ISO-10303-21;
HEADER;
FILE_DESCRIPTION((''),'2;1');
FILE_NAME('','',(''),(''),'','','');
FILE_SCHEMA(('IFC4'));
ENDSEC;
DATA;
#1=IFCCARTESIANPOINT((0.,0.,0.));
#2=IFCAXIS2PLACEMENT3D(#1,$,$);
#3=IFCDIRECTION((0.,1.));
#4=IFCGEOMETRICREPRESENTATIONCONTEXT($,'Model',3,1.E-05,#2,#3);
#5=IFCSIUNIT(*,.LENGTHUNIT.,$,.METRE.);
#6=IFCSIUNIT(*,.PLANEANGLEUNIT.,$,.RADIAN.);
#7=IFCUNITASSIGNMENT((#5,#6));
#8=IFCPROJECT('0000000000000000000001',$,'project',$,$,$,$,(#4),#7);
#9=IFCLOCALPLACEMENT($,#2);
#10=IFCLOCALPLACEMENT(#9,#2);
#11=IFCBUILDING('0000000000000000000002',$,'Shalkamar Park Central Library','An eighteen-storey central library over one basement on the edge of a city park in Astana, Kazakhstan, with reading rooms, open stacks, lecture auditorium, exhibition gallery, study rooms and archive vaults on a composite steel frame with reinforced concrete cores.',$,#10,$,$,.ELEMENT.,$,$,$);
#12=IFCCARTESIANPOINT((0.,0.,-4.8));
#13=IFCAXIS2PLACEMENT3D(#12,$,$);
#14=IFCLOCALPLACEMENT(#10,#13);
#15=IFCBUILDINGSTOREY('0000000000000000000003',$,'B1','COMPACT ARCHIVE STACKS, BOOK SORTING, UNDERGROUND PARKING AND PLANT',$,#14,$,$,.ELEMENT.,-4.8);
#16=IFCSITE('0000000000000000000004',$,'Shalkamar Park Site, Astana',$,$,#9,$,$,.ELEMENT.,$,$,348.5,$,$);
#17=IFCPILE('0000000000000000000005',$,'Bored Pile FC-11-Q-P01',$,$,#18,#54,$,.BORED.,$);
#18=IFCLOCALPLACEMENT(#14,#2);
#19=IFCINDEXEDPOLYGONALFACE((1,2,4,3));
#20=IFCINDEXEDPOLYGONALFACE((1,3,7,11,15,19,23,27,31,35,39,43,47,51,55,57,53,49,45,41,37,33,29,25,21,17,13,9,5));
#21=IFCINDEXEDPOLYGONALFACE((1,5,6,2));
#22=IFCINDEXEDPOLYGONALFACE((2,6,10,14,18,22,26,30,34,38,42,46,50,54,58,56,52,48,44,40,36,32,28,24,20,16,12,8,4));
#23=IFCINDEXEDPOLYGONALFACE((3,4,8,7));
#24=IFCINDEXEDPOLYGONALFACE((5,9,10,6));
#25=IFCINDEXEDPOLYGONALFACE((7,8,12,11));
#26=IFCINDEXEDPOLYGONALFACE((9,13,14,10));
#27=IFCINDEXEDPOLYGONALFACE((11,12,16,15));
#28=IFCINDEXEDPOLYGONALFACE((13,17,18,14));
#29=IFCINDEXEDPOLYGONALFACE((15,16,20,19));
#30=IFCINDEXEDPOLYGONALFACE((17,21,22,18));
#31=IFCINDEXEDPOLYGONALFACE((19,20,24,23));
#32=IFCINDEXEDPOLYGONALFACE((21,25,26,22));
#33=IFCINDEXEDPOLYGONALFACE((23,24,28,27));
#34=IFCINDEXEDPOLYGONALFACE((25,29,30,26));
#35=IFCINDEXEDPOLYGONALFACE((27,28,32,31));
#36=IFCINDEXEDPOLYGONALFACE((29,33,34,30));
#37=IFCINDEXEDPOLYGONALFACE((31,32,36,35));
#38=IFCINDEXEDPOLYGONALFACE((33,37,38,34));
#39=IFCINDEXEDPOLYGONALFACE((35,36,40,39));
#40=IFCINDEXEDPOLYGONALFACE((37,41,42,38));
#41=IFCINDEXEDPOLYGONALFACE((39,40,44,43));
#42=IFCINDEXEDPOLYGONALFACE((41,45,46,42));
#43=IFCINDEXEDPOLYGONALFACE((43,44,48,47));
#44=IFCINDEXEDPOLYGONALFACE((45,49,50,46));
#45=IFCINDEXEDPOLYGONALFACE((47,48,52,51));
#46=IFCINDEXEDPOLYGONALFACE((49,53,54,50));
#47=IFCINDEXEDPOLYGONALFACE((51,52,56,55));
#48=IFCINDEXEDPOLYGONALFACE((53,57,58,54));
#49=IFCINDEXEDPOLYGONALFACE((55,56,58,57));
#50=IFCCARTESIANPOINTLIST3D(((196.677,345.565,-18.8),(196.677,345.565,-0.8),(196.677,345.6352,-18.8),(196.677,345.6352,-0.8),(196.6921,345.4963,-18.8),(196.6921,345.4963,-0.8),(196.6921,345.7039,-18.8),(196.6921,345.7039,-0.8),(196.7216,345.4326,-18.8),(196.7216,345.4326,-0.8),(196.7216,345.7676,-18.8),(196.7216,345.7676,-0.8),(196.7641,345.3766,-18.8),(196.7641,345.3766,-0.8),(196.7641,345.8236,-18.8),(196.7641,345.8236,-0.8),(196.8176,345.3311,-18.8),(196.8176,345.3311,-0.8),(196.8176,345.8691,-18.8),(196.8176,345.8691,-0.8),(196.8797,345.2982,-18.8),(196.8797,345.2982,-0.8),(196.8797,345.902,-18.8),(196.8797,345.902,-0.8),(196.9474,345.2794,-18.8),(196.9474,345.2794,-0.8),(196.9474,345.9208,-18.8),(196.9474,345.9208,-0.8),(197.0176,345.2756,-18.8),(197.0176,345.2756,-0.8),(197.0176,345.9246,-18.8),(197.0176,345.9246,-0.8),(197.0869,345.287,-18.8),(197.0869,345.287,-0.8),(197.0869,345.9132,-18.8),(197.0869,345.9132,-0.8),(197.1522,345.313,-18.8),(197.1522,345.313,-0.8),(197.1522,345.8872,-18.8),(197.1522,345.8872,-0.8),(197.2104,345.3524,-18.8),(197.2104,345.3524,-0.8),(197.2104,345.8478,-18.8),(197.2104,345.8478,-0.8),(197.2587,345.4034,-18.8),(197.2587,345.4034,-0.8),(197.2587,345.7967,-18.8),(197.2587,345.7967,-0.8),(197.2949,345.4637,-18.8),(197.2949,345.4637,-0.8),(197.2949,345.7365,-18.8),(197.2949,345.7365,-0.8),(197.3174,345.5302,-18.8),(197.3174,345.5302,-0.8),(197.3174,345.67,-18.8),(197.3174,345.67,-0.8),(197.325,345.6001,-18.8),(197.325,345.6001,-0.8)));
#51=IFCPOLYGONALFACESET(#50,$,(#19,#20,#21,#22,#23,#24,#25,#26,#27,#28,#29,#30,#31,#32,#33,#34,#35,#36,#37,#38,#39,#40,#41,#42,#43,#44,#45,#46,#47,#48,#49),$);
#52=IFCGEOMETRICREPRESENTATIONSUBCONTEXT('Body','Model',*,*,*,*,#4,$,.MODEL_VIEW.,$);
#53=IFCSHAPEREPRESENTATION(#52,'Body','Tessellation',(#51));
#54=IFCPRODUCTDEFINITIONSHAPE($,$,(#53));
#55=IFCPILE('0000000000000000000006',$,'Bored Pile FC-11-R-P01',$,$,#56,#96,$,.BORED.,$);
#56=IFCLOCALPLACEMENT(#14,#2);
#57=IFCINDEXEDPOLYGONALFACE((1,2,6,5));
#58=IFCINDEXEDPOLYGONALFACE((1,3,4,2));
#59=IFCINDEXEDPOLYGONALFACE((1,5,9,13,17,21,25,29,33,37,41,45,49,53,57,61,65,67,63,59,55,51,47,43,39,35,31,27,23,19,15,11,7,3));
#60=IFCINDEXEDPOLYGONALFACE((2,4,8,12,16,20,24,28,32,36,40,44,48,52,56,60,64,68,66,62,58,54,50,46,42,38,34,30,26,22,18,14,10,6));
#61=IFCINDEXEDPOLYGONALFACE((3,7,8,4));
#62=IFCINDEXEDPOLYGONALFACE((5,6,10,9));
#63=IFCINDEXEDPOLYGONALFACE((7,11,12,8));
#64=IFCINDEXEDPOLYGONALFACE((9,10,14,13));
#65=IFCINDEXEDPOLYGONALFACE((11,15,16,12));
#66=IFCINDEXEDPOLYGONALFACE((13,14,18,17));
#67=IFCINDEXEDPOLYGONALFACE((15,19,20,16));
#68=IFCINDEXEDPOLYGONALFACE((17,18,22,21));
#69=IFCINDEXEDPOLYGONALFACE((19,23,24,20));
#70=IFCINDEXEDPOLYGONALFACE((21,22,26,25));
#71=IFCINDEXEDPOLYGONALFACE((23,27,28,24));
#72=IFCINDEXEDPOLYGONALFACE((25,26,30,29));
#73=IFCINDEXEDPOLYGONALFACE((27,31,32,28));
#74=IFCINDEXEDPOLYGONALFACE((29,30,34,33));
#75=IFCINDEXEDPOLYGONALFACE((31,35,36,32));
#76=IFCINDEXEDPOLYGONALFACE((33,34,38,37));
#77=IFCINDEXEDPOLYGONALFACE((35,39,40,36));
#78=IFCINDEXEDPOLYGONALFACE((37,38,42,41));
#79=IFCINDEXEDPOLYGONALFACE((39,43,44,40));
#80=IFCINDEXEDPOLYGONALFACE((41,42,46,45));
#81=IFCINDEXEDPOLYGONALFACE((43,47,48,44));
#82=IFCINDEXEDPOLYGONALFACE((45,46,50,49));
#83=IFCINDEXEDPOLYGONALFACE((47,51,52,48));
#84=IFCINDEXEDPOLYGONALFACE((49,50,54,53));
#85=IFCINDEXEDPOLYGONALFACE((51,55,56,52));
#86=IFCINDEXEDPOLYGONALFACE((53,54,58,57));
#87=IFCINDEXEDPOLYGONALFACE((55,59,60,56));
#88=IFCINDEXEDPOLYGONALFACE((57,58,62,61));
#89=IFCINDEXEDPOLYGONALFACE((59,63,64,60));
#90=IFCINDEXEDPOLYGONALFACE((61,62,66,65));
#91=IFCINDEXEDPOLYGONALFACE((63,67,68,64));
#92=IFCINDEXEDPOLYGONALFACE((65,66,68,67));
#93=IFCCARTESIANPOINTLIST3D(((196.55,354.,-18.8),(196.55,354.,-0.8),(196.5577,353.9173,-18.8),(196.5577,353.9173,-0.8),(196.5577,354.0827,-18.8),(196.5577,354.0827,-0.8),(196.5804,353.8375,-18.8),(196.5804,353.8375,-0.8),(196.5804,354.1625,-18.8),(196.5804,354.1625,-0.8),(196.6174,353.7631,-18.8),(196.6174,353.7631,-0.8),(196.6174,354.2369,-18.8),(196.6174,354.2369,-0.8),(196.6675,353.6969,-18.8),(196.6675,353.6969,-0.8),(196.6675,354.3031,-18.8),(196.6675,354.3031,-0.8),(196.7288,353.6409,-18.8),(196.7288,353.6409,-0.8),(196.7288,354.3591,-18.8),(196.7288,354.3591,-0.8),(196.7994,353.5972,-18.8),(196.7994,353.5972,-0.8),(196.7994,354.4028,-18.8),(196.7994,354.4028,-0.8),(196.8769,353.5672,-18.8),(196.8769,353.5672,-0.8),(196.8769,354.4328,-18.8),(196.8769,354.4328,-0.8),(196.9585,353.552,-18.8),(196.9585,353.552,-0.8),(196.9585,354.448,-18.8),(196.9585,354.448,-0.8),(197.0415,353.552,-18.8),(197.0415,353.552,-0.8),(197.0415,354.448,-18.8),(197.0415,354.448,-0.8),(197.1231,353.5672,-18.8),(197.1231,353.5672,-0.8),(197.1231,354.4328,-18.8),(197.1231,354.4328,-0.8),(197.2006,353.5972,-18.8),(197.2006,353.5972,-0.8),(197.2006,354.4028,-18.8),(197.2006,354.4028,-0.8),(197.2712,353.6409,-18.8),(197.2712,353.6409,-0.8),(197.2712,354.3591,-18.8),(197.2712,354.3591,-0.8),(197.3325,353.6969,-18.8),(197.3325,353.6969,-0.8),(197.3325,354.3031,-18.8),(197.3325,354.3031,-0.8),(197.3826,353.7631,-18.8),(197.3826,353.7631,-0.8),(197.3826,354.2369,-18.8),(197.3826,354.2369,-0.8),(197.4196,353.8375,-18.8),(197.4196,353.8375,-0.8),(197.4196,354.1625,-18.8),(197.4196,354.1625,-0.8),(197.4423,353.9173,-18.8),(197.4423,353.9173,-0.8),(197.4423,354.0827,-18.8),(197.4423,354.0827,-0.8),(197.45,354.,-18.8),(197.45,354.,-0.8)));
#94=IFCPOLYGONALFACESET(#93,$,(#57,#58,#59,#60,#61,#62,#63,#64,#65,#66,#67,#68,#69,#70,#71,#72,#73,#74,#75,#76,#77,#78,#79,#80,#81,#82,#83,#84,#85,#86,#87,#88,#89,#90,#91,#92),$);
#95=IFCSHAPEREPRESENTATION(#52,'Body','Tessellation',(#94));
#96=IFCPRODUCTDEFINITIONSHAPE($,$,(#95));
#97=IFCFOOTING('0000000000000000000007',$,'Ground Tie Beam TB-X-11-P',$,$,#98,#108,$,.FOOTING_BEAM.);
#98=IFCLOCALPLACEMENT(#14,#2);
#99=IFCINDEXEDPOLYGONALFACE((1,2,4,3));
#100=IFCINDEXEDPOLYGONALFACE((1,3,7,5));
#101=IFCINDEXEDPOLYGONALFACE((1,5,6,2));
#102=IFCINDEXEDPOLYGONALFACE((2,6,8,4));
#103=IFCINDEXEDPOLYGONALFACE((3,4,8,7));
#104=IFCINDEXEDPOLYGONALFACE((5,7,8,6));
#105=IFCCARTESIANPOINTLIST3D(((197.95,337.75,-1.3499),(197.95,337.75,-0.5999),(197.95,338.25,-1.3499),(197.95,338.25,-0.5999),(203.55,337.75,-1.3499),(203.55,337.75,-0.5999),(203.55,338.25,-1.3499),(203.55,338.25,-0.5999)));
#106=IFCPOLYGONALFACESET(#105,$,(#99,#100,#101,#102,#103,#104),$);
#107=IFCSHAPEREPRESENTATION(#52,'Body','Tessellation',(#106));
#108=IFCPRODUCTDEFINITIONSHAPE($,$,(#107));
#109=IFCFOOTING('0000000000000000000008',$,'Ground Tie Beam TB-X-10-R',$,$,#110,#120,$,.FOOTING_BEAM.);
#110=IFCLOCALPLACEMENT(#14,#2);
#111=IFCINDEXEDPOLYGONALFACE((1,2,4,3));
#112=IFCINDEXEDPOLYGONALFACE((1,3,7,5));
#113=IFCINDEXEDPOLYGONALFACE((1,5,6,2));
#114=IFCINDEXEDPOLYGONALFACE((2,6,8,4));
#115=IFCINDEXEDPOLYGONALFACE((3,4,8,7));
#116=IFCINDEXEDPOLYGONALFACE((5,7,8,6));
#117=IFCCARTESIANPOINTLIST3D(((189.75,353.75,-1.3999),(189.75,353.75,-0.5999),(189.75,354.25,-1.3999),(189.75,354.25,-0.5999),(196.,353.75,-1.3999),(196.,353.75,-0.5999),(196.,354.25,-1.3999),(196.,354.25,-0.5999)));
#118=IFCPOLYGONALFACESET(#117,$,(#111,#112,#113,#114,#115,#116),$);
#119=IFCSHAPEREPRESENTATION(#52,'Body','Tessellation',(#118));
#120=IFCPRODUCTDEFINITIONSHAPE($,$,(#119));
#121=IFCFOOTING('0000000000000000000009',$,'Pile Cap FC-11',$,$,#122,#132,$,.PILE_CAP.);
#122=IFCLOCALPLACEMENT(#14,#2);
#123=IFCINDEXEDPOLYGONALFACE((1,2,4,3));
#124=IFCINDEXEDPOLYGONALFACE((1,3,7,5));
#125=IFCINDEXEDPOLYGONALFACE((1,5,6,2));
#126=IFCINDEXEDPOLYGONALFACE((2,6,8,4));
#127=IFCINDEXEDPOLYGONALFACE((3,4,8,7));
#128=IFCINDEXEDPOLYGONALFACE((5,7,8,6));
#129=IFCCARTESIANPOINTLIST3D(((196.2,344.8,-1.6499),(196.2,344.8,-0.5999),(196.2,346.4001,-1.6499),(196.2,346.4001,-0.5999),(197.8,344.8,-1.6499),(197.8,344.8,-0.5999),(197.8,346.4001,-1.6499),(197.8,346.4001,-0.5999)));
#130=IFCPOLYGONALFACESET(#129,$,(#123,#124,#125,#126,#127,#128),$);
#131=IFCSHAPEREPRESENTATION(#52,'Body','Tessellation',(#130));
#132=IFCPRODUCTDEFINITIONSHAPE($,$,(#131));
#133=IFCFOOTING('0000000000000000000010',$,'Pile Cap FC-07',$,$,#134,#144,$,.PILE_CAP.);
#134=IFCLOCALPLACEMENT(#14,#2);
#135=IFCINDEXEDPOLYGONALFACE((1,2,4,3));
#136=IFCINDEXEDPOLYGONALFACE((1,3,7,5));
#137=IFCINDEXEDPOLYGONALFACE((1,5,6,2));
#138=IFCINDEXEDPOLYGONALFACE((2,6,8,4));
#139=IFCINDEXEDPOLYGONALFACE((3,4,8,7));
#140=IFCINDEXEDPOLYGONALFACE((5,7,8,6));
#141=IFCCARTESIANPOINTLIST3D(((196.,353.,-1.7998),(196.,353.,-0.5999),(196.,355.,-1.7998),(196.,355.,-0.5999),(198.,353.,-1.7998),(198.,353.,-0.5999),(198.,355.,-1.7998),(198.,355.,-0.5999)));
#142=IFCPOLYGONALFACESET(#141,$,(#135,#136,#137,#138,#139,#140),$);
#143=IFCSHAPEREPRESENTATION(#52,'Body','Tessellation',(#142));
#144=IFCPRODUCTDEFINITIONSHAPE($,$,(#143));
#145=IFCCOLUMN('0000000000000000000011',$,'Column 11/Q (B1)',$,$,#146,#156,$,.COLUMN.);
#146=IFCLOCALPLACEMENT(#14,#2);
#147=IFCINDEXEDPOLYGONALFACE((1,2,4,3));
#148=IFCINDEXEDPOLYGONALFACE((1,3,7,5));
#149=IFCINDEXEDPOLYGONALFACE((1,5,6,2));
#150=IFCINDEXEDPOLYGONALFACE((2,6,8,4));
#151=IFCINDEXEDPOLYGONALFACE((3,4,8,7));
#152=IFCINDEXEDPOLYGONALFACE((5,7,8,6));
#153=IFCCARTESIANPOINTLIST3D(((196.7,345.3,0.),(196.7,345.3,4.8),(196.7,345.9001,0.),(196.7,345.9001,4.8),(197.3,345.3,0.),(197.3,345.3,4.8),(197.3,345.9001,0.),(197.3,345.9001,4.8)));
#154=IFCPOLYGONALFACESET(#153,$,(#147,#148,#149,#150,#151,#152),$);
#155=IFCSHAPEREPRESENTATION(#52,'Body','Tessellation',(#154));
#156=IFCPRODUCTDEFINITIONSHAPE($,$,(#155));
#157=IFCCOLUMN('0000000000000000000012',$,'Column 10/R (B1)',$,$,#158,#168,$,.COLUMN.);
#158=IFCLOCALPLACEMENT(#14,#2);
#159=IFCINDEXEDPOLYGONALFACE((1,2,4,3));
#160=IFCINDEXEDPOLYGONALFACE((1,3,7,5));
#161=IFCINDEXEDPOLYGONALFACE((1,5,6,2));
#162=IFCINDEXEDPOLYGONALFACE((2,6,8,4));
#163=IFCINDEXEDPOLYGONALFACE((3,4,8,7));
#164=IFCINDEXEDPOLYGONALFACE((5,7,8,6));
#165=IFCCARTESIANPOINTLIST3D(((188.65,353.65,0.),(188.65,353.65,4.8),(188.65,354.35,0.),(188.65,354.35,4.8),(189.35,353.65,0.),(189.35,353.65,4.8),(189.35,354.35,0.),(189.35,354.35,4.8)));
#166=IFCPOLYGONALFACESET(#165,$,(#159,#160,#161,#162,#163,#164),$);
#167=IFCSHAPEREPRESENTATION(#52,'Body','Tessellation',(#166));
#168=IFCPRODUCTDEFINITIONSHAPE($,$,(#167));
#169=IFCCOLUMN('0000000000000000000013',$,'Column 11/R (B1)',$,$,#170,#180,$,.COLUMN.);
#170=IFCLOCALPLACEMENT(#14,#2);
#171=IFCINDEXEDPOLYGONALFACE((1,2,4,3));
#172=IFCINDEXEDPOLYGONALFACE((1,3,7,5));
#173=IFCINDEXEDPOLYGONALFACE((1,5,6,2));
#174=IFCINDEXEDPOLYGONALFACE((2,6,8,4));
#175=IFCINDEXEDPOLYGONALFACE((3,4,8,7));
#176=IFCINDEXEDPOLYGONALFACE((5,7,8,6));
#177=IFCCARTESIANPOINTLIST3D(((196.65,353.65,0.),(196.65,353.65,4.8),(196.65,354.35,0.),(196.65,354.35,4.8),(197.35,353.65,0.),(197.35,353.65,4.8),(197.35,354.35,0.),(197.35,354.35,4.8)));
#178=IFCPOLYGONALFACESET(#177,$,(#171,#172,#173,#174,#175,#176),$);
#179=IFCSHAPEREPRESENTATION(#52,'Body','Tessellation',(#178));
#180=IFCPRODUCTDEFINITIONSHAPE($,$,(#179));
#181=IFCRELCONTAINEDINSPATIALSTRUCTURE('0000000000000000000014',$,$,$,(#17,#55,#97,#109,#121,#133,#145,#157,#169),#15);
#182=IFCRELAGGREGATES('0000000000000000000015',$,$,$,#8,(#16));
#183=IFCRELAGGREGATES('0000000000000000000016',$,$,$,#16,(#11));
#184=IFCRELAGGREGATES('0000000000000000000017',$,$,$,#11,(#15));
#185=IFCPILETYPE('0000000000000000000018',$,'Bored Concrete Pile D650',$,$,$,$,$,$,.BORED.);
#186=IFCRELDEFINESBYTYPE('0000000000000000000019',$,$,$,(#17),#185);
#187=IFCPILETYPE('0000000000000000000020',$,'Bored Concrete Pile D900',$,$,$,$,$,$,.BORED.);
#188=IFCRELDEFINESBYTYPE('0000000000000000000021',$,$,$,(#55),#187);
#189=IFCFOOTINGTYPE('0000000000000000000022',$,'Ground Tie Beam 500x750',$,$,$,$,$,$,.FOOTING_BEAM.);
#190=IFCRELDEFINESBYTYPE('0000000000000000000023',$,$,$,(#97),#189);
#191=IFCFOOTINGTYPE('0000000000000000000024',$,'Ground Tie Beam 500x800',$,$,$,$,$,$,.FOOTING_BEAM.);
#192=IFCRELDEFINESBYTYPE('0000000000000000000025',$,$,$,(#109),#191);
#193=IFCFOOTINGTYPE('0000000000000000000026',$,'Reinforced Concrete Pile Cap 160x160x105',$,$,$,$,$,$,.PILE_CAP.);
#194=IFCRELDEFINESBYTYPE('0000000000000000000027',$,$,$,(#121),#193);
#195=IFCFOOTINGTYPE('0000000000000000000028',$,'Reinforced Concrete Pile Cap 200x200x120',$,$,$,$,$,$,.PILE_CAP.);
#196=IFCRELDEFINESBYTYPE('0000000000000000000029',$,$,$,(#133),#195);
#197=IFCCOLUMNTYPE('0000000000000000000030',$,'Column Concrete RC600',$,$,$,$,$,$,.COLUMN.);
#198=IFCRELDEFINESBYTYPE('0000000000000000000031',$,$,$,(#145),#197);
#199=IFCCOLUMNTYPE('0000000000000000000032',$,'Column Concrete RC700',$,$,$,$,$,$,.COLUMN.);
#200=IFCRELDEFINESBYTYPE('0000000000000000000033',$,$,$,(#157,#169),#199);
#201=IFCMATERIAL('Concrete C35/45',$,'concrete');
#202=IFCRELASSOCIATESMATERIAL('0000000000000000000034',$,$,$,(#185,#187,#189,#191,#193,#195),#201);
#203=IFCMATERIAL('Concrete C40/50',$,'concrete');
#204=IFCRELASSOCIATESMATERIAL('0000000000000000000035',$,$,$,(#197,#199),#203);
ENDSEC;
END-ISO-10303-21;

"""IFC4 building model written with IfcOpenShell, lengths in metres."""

from ifc_helpers import new_model, si_unit, direction, frame, origin, origin_2d, place, context, subcontext, project, spatial, rectangle, circle, extrude, material, material_profile, profile_set, type_object, element, save


model = new_model("IFC4")

# Units and contexts
model_context = context("Model", 3, precision=1e-05, world=origin(), true_north=direction((0.0, 1.0)))
body_context = subcontext(model_context, "Body", "Model", "MODEL_VIEW")
ifc_project = project(units=[si_unit("LENGTHUNIT", "METRE"), si_unit("PLANEANGLEUNIT", "RADIAN")], contexts=[model_context])

# Site, building, storey
site_placement = place(None, origin())
site = spatial("IfcSite", under=ifc_project, at=site_placement, Name="Shalkamar Park Site, Astana", CompositionType="ELEMENT", RefElevation=348.5)
building_placement = place(site_placement, origin())
building = spatial("IfcBuilding", under=site, at=building_placement, Name="Shalkamar Park Central Library", Description="An eighteen-storey central library over one basement on the edge of a city park in Astana, Kazakhstan, with reading rooms, open stacks, lecture auditorium, exhibition gallery, study rooms and archive vaults on a composite steel frame with reinforced concrete cores.", CompositionType="ELEMENT")
storey_placement = place(building_placement, frame((0.0, 0.0, -4.8)))
storey = spatial("IfcBuildingStorey", under=building, at=storey_placement, Name="B1", Description="COMPACT ARCHIVE STACKS, BOOK SORTING, UNDERGROUND PARKING AND PLANT", CompositionType="ELEMENT", Elevation=-4.8)

# Piles
ifc_material_1 = material(Name="Concrete C35/45", Category="concrete")
ifc_material_profile_1 = material_profile(ifc_material_1, circle(Radius=0.325, at=origin_2d()), Name="PILE D650")
ifc_profile_set_1 = profile_set([ifc_material_profile_1], Name="Concrete C35/45")
pile_type_1 = type_object("IfcPileType", Name="Bored Concrete Pile D650", PredefinedType="BORED", material=ifc_profile_set_1)
pile_1_placement = place(storey_placement, frame((197.0, 345.6001, -0.8), z_axis=(0.0, 0.0, -1.0), x_axis=(1.0, 0.0, 0.0)))
element("IfcPile", 1, at=pile_1_placement, inside=storey, type_object=pile_type_1, Name="Bored Pile FC-11-Q-P01", PredefinedType="BORED", context=body_context, shape_type="SweptSolid", body=[
    extrude(circle(Radius=0.325, at=origin_2d()), origin(), (0.0, 0.0, 1.0), 18.0),
])
ifc_material_profile_2 = material_profile(ifc_material_1, circle(Radius=0.45, at=origin_2d()), Name="PILE D900")
ifc_profile_set_2 = profile_set([ifc_material_profile_2], Name="Concrete C35/45")
pile_type_2 = type_object("IfcPileType", Name="Bored Concrete Pile D900", PredefinedType="BORED", material=ifc_profile_set_2)
pile_2_placement = place(storey_placement, frame((197.0, 354.0, -0.8), z_axis=(0.0, 0.0, -1.0), x_axis=(1.0, 0.0, 0.0)))
element("IfcPile", 2, at=pile_2_placement, inside=storey, type_object=pile_type_2, Name="Bored Pile FC-11-R-P01", PredefinedType="BORED", context=body_context, shape_type="SweptSolid", body=[
    extrude(circle(Radius=0.45, at=origin_2d()), origin(), (0.0, 0.0, 1.0), 18.0),
])

# Footings
footing_type_1 = type_object("IfcFootingType", Name="Ground Tie Beam 500x750", PredefinedType="FOOTING_BEAM", material=ifc_material_1)
footing_1_placement = place(storey_placement, frame((200.75, 338.0, -1.3499), z_axis=(0.0, 0.0, 1.0), x_axis=(1.0, 0.0, 0.0)))
element("IfcFooting", 3, at=footing_1_placement, inside=storey, type_object=footing_type_1, Name="Ground Tie Beam TB-X-11-P", PredefinedType="FOOTING_BEAM", context=body_context, shape_type="SweptSolid", body=[
    extrude(rectangle(XDim=5.6001, YDim=0.5, at=origin_2d()), origin(), (0.0, 0.0, 1.0), 0.75),
])
footing_type_2 = type_object("IfcFootingType", Name="Ground Tie Beam 500x800", PredefinedType="FOOTING_BEAM", material=ifc_material_1)
footing_2_placement = place(storey_placement, frame((192.875, 354.0, -1.3999), z_axis=(0.0, 0.0, 1.0), x_axis=(1.0, 0.0, 0.0)))
element("IfcFooting", 4, at=footing_2_placement, inside=storey, type_object=footing_type_2, Name="Ground Tie Beam TB-X-10-R", PredefinedType="FOOTING_BEAM", context=body_context, shape_type="SweptSolid", body=[
    extrude(rectangle(XDim=6.25, YDim=0.5, at=origin_2d()), origin(), (0.0, 0.0, 1.0), 0.8),
])
footing_type_3 = type_object("IfcFootingType", Name="Reinforced Concrete Pile Cap 160x160x105", PredefinedType="PILE_CAP", material=ifc_material_1)
footing_3_placement = place(storey_placement, frame((197.0, 345.6001, -1.6499), z_axis=(0.0, 0.0, 1.0), x_axis=(1.0, 0.0, 0.0)))
element("IfcFooting", 5, at=footing_3_placement, inside=storey, type_object=footing_type_3, Name="Pile Cap FC-11", PredefinedType="PILE_CAP", context=body_context, shape_type="SweptSolid", body=[
    extrude(rectangle(XDim=1.6001, YDim=1.6001, at=origin_2d()), origin(), (0.0, 0.0, 1.0), 1.05),
])
footing_type_4 = type_object("IfcFootingType", Name="Reinforced Concrete Pile Cap 200x200x120", PredefinedType="PILE_CAP", material=ifc_material_1)
footing_4_placement = place(storey_placement, frame((197.0, 354.0, -1.7998), z_axis=(0.0, 0.0, 1.0), x_axis=(1.0, 0.0, 0.0)))
element("IfcFooting", 6, at=footing_4_placement, inside=storey, type_object=footing_type_4, Name="Pile Cap FC-07", PredefinedType="PILE_CAP", context=body_context, shape_type="SweptSolid", body=[
    extrude(rectangle(XDim=2.0, YDim=2.0, at=origin_2d()), origin(), (0.0, 0.0, 1.0), 1.2),
])

# Columns
ifc_material_2 = material(Name="Concrete C40/50", Category="concrete")
ifc_material_profile_3 = material_profile(ifc_material_2, rectangle(XDim=0.6001, YDim=0.6001, at=origin_2d()), Name="RC 600x600")
ifc_profile_set_3 = profile_set([ifc_material_profile_3], Name="Concrete C40/50")
column_type_1 = type_object("IfcColumnType", Name="Column Concrete RC600", PredefinedType="COLUMN", material=ifc_profile_set_3)
column_1_placement = place(storey_placement, frame((197.0, 345.6001, 0.0), z_axis=(0.0, 0.0, 1.0), x_axis=(1.0, 0.0, 0.0)))
element("IfcColumn", 7, at=column_1_placement, inside=storey, type_object=column_type_1, Name="Column 11/Q (B1)", PredefinedType="COLUMN", context=body_context, shape_type="SweptSolid", body=[
    extrude(rectangle(XDim=0.6001, YDim=0.6001, at=origin_2d()), origin(), (0.0, 0.0, 1.0), 4.8),
])
ifc_material_profile_4 = material_profile(ifc_material_2, rectangle(XDim=0.7, YDim=0.7, at=origin_2d()), Name="RC 700x700")
ifc_profile_set_4 = profile_set([ifc_material_profile_4], Name="Concrete C40/50")
column_type_2 = type_object("IfcColumnType", Name="Column Concrete RC700", PredefinedType="COLUMN", material=ifc_profile_set_4)
for number, where, z_axis, x_axis, name in (
    (8, (189.0, 354.0, 0.0), (0.0, 0.0, 1.0), (1.0, 0.0, 0.0), "Column 10/R (B1)"),
    (9, (197.0, 354.0, 0.0), (0.0, 0.0, 1.0), (1.0, 0.0, 0.0), "Column 11/R (B1)"),
):
    element("IfcColumn", number, at=place(storey_placement, frame(where, z_axis=z_axis, x_axis=x_axis)), inside=storey, type_object=column_type_2, Name=name, PredefinedType="COLUMN", context=body_context, shape_type="SweptSolid", body=[
        extrude(rectangle(XDim=0.7, YDim=0.7, at=origin_2d()), origin(), (0.0, 0.0, 1.0), 4.8),
    ])

save(model, "model.ifc")
